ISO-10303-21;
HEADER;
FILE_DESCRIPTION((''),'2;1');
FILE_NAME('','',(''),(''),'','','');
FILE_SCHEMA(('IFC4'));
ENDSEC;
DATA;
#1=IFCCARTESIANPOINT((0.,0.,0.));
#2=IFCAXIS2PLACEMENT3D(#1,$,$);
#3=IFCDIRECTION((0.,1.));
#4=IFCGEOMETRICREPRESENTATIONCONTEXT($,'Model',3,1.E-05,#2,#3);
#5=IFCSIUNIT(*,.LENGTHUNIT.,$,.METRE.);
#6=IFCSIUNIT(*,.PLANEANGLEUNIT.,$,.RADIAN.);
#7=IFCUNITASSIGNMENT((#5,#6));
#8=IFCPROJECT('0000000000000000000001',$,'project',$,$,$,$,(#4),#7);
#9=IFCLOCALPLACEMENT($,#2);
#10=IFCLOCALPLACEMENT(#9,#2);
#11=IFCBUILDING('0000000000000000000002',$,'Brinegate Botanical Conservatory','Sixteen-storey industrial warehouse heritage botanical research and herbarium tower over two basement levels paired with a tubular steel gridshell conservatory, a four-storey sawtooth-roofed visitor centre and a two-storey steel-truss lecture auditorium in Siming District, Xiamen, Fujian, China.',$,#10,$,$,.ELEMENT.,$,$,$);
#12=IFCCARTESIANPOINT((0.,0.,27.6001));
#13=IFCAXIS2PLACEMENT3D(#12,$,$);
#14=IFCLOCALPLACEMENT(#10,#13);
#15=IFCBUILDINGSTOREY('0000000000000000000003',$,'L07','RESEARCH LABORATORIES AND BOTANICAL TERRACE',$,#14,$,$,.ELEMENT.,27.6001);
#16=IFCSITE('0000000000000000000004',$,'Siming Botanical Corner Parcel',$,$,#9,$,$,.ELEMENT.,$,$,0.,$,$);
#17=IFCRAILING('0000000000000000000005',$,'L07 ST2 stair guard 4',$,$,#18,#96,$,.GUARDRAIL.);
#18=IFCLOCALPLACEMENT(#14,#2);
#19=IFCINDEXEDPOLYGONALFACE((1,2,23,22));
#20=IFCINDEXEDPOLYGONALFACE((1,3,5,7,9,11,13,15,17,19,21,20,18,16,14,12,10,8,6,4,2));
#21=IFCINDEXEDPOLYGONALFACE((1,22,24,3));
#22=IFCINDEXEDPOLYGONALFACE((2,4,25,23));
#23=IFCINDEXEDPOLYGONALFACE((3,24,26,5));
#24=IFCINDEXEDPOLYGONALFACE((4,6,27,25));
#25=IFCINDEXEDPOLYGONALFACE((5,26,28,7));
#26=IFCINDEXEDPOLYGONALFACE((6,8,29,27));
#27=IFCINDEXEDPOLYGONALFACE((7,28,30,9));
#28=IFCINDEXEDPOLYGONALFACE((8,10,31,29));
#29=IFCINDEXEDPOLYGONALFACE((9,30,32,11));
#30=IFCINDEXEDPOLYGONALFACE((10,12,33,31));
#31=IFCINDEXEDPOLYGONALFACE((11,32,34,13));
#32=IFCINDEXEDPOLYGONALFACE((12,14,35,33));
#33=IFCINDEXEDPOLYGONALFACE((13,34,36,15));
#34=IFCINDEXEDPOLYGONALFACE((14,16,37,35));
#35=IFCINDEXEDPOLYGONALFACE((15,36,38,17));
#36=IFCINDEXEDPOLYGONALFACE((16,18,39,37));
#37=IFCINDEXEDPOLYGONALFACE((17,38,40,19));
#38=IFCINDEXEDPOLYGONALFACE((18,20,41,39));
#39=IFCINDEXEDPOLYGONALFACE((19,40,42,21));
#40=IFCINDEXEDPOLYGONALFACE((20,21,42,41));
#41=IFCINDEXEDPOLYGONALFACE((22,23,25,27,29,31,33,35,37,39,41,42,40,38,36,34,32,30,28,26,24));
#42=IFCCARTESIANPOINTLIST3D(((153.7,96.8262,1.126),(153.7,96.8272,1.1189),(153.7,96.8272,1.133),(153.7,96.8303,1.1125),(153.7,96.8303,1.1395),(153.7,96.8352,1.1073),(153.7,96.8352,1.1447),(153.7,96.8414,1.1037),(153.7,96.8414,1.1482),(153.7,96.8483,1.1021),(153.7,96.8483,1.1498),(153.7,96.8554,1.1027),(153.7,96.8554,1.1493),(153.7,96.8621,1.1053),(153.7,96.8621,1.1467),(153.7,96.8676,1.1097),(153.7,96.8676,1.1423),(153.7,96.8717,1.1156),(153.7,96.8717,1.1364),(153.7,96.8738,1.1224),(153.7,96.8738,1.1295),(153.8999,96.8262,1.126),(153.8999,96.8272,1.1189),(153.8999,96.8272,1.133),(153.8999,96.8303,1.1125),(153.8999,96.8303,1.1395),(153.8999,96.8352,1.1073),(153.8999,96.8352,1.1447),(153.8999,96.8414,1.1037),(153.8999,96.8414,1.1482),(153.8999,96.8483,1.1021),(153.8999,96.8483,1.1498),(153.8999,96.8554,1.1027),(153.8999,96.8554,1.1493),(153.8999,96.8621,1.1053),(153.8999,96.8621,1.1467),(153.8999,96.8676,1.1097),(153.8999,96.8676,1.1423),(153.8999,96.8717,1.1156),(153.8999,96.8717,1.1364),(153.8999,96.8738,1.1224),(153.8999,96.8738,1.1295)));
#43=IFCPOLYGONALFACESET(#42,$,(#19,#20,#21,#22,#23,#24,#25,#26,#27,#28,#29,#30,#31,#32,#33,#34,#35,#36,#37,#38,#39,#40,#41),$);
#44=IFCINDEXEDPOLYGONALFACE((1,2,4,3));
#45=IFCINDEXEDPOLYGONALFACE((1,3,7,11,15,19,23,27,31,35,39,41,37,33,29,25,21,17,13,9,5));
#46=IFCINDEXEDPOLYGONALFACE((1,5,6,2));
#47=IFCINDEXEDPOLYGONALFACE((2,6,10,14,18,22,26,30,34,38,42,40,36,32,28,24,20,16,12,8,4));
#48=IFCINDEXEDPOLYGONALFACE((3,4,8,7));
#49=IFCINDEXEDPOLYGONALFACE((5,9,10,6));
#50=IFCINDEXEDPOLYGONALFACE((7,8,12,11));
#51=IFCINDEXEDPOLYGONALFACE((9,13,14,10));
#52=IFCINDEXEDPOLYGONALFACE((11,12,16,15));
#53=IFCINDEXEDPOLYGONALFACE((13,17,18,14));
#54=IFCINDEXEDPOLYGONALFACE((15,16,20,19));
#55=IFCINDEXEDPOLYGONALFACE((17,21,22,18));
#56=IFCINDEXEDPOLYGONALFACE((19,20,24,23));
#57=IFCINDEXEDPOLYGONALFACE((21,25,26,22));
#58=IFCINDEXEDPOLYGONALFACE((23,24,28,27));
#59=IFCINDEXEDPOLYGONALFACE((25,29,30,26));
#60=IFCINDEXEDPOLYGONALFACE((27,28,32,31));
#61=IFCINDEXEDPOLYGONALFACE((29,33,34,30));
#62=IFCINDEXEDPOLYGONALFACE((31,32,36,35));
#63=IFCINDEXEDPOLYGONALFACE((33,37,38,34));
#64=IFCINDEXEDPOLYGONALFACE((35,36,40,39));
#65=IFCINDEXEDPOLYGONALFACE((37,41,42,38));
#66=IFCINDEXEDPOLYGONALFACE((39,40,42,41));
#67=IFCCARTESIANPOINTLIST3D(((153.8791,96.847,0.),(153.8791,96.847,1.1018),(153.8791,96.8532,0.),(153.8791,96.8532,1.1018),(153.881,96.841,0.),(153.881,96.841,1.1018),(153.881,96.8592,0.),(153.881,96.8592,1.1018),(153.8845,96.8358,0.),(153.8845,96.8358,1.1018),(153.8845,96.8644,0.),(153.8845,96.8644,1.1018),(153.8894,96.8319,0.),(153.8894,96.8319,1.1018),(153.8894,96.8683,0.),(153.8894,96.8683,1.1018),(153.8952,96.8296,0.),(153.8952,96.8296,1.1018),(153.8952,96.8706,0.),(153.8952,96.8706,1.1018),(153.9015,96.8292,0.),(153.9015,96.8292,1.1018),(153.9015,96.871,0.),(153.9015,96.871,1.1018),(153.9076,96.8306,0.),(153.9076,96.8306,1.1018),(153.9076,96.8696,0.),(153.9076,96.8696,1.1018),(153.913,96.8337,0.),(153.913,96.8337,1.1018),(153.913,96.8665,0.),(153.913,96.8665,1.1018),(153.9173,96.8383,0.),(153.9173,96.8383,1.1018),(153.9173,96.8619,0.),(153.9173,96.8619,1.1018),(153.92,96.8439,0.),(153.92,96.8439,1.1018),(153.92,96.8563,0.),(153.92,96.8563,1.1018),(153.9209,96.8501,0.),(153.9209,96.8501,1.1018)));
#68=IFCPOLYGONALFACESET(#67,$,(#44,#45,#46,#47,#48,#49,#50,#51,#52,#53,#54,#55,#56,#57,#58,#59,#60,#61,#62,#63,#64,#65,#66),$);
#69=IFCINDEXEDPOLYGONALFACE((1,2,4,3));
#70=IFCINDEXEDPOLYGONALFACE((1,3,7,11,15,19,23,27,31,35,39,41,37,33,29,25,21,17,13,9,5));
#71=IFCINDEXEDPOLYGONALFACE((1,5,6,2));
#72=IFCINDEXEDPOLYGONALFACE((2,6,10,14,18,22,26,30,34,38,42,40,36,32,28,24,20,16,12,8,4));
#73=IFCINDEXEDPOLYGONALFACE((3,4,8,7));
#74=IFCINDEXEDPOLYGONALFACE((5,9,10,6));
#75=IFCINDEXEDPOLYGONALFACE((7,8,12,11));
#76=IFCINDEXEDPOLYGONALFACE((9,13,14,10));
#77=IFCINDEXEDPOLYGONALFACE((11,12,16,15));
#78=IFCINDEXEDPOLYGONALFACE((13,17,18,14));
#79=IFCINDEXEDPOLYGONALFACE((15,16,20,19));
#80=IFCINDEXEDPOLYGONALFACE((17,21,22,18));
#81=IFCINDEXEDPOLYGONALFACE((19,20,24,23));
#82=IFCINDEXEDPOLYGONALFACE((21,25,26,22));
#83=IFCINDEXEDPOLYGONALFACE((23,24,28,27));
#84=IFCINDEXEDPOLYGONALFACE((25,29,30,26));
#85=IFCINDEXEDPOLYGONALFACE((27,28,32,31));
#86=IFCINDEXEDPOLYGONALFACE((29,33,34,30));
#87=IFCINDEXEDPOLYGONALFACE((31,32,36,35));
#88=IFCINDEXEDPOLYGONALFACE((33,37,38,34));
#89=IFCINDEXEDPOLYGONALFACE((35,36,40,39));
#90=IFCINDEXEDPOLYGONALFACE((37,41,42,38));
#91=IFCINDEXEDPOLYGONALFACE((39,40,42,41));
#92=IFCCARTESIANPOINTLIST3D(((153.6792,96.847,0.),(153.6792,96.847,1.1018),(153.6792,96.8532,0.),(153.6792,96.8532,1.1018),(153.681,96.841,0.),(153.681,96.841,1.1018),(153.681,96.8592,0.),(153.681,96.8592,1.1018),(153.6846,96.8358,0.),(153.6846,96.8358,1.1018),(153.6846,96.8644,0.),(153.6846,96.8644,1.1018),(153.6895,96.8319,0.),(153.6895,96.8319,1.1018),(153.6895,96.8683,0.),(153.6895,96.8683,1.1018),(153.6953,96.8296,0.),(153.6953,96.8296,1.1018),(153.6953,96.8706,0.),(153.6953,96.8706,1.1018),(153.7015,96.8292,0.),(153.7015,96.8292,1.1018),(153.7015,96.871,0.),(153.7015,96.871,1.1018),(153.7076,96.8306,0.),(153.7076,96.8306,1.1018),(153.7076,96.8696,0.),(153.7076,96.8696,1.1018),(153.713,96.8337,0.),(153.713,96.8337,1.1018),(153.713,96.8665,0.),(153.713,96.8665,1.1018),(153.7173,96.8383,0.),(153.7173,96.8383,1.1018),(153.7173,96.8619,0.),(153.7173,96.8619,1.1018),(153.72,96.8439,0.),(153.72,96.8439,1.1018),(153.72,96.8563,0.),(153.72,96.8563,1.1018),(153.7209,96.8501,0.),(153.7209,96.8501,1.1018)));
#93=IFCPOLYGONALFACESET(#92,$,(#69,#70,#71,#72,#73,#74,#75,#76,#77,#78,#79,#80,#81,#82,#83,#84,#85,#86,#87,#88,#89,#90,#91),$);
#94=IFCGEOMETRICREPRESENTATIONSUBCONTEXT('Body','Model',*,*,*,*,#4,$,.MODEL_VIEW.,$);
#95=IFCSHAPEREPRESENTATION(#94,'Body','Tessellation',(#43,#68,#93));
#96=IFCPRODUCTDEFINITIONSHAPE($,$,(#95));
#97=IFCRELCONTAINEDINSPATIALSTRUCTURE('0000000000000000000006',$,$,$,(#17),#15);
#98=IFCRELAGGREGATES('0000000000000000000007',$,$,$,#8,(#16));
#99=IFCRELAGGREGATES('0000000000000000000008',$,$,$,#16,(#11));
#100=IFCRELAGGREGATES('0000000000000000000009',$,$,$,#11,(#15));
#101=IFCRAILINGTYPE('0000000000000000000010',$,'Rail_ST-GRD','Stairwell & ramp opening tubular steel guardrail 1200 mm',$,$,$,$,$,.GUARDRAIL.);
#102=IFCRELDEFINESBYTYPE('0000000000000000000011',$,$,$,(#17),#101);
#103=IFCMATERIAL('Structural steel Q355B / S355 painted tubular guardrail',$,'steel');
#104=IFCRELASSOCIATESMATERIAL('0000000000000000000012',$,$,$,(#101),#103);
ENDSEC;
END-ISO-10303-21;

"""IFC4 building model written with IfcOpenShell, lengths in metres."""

from ifc_helpers import new_model, si_unit, direction, frame, origin, origin_2d, place, context, subcontext, project, spatial, circle, extrude, material, type_object, element, save


model = new_model("IFC4")

# Units and contexts
model_context = context("Model", 3, precision=1e-05, world=origin(), true_north=direction((0.0, 1.0)))
body_context = subcontext(model_context, "Body", "Model", "MODEL_VIEW")
ifc_project = project(units=[si_unit("LENGTHUNIT", "METRE"), si_unit("PLANEANGLEUNIT", "RADIAN")], contexts=[model_context])

# Site, building, storey
site_placement = place(None, origin())
site = spatial("IfcSite", under=ifc_project, at=site_placement, Name="Siming Botanical Corner Parcel", CompositionType="ELEMENT", RefElevation=0.0)
building_placement = place(site_placement, origin())
building = spatial("IfcBuilding", under=site, at=building_placement, Name="Brinegate Botanical Conservatory", Description="Sixteen-storey industrial warehouse heritage botanical research and herbarium tower over two basement levels paired with a tubular steel gridshell conservatory, a four-storey sawtooth-roofed visitor centre and a two-storey steel-truss lecture auditorium in Siming District, Xiamen, Fujian, China.", CompositionType="ELEMENT")
storey_placement = place(building_placement, frame((0.0, 0.0, 27.6001)))
storey = spatial("IfcBuildingStorey", under=building, at=storey_placement, Name="L07", Description="RESEARCH LABORATORIES AND BOTANICAL TERRACE", CompositionType="ELEMENT", Elevation=27.6001)

# Railing
ifc_material_1 = material(Name="Structural steel Q355B / S355 painted tubular guardrail", Category="steel")
railing_type_1 = type_object("IfcRailingType", Name="Rail_ST-GRD", Description="Stairwell & ramp opening tubular steel guardrail 1200 mm", PredefinedType="GUARDRAIL", material=ifc_material_1)
railing_1_placement = place(storey_placement, frame((153.8999, 96.8501, 0.0)))
element("IfcRailing", 1, at=railing_1_placement, inside=storey, type_object=railing_type_1, Name="L07 ST2 stair guard 4", PredefinedType="GUARDRAIL", context=body_context, shape_type="SweptSolid", body=[
    extrude(circle(Radius=0.0239, at=origin_2d()), frame((0.0, 0.0, 1.126), z_axis=(-1.0, 0.0, 0.0), x_axis=(0.0, -1.0, 0.0)), (0.0, 0.0, 1.0), 0.2),
    extrude(circle(Radius=0.021, at=origin_2d()), origin(), (0.0, 0.0, 1.0), 1.1018),
    extrude(circle(Radius=0.021, at=origin_2d()), frame((-0.2, 0.0, 0.0)), (0.0, 0.0, 1.0), 1.1018),
])

save(model, "model.ifc")
